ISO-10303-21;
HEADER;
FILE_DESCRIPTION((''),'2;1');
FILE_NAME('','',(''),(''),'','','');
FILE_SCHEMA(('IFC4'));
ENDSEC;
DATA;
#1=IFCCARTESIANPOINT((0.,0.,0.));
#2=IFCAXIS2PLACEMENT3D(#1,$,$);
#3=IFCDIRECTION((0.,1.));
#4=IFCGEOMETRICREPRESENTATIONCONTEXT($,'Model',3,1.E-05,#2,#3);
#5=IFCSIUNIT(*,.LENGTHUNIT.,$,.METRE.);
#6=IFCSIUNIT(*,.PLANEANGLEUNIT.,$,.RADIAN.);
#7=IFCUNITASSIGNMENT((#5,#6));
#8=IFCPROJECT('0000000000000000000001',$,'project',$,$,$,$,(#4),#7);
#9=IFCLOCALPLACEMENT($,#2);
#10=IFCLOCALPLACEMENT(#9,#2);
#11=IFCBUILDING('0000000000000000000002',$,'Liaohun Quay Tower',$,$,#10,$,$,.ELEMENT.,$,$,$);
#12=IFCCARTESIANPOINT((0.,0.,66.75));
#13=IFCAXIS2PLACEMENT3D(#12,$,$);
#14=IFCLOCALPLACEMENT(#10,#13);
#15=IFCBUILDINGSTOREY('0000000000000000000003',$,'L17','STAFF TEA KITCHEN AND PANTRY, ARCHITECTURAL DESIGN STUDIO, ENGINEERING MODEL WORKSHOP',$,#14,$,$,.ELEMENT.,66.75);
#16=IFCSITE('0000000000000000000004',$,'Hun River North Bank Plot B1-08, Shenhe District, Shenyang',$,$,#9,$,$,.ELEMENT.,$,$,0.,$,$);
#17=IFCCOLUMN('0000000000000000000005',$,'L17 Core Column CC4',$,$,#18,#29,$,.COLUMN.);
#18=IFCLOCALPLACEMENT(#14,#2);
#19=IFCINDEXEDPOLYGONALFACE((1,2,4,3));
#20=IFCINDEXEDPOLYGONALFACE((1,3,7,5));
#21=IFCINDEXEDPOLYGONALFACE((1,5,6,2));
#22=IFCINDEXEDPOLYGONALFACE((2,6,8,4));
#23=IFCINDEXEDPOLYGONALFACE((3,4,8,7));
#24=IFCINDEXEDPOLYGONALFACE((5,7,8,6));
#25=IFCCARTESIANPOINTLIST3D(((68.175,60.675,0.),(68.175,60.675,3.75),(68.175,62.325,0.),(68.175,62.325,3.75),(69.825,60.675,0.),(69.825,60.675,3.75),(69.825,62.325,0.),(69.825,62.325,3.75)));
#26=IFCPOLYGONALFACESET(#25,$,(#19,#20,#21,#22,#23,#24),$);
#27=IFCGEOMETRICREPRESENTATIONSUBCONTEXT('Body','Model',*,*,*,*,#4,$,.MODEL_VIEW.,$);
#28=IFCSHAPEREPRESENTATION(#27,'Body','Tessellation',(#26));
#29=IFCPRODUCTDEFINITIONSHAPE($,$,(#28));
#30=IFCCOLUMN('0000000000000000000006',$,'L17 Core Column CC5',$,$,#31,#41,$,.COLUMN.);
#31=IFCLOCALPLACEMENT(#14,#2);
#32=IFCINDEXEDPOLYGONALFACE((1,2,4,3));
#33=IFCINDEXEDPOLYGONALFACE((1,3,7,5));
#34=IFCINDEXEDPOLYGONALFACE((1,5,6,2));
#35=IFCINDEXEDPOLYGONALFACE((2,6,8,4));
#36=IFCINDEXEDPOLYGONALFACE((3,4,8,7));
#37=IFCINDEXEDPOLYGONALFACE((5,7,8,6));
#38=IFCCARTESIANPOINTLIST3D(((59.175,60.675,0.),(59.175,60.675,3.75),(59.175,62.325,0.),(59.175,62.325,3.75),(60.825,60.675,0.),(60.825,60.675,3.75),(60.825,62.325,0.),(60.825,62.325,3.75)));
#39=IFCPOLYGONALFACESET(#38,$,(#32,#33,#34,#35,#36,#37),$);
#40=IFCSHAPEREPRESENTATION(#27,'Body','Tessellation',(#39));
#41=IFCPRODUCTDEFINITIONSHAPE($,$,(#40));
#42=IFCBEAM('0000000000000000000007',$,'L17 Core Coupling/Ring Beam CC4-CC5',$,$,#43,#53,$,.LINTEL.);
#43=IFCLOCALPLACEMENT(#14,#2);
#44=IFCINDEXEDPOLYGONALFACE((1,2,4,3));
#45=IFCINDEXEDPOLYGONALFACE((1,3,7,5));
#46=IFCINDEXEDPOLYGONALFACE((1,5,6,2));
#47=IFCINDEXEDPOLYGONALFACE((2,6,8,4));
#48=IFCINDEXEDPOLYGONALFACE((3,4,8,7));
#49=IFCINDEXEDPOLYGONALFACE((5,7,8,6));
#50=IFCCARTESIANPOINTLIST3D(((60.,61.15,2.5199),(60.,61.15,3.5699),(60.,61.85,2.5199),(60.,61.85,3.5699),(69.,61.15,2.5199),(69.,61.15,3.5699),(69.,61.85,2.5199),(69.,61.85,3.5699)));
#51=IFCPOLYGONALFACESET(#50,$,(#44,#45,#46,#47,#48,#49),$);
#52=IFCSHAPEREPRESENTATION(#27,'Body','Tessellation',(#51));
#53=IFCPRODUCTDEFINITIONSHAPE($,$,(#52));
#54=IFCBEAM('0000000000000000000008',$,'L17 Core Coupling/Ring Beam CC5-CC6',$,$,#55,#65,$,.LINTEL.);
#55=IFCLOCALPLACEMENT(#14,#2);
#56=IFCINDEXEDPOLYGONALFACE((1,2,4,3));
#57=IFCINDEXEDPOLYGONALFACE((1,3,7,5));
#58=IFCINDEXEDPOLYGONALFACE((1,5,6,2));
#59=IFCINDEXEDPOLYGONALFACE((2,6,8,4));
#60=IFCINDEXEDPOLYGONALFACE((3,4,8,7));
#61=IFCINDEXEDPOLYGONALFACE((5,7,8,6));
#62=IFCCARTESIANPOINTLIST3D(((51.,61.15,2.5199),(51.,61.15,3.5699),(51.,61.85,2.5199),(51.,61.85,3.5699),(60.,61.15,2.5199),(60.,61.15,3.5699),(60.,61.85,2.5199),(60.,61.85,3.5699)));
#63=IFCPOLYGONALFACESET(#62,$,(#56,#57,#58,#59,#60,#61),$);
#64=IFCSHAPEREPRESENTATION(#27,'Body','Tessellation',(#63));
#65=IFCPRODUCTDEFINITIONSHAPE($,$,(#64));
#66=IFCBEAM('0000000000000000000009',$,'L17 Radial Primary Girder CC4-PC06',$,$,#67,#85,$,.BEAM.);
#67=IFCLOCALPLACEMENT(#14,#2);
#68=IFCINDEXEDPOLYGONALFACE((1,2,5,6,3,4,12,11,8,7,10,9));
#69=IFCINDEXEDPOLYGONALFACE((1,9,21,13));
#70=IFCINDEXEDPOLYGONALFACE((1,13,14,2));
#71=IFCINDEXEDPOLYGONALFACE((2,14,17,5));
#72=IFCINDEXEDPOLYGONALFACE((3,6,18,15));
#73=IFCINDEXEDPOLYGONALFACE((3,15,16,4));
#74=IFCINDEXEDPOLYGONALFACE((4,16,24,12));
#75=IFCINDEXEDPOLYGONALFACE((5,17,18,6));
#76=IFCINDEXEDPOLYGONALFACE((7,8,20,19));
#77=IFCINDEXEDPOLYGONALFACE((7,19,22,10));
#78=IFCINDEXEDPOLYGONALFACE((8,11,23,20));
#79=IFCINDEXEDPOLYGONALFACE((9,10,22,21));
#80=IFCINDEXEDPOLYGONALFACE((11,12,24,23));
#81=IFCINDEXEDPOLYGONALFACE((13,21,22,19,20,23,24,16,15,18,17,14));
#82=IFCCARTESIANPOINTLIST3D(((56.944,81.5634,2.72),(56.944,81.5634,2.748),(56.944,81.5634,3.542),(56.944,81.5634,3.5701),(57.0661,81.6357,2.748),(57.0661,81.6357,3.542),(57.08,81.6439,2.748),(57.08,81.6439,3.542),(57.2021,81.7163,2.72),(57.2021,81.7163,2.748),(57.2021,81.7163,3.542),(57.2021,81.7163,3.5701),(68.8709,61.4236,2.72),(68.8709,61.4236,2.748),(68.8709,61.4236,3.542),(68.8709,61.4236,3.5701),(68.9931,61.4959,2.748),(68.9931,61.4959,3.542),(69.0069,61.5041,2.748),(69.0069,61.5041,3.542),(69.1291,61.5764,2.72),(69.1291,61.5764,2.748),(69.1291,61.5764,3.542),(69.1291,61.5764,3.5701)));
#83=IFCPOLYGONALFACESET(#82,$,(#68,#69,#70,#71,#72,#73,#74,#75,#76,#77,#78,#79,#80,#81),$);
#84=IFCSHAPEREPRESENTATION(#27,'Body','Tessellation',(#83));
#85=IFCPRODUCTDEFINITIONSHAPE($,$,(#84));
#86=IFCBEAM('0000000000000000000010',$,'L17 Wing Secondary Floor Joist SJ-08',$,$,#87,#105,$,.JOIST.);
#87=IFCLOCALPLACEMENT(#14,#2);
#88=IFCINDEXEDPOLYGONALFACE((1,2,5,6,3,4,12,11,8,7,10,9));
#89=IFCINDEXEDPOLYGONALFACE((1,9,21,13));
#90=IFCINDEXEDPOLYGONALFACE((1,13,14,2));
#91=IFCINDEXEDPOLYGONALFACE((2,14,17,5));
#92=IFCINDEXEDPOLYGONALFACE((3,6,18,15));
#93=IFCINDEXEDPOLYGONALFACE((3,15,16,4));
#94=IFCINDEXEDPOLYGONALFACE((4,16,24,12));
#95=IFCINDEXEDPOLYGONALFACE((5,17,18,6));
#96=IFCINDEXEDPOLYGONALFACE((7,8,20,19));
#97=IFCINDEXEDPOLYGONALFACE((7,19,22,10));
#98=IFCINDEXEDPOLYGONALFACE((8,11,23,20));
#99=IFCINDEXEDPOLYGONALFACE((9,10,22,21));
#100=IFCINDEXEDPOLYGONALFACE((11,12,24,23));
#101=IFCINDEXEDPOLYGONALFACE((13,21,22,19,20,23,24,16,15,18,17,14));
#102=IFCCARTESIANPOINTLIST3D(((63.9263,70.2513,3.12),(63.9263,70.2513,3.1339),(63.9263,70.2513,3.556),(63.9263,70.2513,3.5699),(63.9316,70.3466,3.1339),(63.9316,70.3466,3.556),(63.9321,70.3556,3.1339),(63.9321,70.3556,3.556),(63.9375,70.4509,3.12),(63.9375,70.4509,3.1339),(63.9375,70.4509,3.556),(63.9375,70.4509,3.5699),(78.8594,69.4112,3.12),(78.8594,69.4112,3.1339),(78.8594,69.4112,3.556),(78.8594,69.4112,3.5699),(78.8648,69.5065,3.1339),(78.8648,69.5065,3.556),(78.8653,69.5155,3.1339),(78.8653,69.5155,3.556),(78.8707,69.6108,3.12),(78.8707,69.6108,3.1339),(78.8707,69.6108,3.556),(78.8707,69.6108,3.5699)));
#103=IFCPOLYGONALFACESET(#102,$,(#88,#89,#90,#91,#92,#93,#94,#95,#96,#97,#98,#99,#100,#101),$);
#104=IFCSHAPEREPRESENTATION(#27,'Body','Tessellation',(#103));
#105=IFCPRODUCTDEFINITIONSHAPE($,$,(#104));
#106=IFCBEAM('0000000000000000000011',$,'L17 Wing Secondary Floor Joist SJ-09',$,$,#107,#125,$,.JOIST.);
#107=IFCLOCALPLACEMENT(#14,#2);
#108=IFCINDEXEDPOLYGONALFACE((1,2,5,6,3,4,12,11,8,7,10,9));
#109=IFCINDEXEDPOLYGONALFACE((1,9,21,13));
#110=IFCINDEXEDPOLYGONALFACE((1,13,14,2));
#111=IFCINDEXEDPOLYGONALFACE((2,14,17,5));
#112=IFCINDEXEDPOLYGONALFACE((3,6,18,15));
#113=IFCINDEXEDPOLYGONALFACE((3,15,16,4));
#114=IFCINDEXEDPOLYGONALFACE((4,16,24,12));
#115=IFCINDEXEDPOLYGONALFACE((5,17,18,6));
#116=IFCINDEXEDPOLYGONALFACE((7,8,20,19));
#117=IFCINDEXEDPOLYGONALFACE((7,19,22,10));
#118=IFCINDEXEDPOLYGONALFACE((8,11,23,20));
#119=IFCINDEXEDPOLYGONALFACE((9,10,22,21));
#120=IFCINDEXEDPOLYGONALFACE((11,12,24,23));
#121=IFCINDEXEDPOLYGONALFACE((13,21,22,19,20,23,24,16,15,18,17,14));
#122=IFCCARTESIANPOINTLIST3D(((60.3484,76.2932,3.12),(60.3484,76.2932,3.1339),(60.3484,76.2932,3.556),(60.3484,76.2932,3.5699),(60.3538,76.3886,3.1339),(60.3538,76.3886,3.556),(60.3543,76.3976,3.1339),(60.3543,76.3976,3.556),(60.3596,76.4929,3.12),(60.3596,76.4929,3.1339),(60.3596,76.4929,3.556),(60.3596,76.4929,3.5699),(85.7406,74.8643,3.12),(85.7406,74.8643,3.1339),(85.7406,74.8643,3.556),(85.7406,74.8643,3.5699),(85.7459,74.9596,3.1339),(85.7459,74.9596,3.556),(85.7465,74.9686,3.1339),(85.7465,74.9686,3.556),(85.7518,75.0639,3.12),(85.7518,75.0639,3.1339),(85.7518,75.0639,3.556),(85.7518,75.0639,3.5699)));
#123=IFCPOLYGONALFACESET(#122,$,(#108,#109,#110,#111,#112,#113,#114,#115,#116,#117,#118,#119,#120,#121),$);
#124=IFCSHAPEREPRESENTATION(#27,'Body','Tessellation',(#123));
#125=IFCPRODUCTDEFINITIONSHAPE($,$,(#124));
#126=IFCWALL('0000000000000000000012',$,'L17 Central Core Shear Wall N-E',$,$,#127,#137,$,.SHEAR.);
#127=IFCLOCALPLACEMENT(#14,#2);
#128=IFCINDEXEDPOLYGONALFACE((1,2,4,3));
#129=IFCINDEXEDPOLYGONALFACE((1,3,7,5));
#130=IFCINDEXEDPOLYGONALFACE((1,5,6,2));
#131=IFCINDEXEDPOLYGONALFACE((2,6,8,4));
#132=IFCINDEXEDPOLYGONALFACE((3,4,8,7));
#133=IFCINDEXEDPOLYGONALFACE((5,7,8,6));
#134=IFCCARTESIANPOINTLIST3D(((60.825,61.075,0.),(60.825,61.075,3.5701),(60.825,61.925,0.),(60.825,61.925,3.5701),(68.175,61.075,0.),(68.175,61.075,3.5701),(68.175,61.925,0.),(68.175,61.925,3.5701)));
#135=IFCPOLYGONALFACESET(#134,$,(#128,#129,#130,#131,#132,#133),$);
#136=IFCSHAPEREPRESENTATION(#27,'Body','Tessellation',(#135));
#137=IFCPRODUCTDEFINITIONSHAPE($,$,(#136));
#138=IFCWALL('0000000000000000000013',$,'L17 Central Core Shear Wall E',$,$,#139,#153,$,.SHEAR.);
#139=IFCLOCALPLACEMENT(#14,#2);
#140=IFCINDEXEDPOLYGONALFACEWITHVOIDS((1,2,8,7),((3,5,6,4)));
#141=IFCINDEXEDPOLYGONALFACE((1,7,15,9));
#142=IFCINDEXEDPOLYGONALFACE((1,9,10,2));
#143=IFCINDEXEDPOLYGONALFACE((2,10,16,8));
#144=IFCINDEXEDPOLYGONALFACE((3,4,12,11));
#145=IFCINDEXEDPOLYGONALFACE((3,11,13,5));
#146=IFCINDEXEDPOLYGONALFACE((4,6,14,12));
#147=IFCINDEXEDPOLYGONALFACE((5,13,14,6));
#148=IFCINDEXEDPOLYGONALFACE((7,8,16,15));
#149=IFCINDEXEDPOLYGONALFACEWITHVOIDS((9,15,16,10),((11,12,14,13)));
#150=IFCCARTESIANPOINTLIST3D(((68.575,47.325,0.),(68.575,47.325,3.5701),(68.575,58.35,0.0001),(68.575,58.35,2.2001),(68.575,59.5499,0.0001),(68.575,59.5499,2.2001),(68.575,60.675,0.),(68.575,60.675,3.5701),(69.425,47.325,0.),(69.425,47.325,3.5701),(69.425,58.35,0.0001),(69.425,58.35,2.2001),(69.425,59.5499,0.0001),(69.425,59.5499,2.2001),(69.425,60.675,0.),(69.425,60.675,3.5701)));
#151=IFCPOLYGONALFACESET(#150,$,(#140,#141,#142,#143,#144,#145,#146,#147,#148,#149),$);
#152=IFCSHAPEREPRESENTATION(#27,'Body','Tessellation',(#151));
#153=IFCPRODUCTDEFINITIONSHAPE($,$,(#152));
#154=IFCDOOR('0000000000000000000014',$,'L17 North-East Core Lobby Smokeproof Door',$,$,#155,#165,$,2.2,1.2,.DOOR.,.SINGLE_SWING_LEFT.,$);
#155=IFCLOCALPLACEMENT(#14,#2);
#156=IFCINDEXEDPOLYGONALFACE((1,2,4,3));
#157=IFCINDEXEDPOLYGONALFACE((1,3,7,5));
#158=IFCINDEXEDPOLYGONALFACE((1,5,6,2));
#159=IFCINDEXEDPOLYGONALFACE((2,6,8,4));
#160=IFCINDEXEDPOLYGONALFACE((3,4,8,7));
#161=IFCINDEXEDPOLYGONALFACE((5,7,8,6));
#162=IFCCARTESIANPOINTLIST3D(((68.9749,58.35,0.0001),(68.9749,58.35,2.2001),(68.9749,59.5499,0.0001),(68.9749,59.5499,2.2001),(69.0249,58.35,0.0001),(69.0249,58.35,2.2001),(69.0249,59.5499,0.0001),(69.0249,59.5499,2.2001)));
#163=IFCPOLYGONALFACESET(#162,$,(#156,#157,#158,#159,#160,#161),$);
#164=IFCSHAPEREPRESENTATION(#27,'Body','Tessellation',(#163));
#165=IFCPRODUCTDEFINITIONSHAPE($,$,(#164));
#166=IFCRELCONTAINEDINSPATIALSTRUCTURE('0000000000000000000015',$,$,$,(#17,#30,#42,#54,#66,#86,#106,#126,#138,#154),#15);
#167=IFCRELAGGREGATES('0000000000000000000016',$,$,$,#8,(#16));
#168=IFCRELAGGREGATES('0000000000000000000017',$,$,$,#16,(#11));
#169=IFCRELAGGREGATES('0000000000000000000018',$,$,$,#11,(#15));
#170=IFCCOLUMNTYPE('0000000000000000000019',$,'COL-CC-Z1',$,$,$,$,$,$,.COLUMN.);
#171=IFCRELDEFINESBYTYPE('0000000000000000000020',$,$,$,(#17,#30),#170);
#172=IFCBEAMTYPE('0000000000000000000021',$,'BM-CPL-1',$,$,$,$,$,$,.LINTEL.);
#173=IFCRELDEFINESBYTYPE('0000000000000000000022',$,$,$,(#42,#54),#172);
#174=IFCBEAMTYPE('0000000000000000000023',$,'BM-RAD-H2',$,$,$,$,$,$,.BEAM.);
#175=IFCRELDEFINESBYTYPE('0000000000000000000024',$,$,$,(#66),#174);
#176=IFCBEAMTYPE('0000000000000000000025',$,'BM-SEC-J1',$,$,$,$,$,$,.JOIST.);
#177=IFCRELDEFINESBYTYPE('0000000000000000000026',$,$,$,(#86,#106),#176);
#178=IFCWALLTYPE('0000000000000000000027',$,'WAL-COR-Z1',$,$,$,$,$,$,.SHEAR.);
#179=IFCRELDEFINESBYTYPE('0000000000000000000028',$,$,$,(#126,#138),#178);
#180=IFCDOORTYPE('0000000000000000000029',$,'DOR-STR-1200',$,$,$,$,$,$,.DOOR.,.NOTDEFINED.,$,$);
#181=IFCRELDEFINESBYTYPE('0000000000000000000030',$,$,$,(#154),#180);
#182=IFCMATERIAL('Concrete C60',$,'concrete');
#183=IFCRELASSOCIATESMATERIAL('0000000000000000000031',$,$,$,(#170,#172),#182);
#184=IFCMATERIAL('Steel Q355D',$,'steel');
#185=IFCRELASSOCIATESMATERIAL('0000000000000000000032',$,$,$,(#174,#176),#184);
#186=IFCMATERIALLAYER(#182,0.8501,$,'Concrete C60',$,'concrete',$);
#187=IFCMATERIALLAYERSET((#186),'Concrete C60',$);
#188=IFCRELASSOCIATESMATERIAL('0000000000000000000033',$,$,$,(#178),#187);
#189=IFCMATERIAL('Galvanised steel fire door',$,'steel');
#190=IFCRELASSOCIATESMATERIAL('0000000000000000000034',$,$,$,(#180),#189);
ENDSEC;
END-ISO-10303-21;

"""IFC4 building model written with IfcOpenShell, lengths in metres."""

from ifc_helpers import new_model, si_unit, direction, frame, frame_2d, origin, origin_2d, place, context, subcontext, project, spatial, rectangle, i_section, extrude, source, transform, mapped, material, layer, layer_set, material_profile, profile_set, type_object, element, fill, save


model = new_model("IFC4")

# Units and contexts
model_context = context("Model", 3, precision=1e-05, world=origin(), true_north=direction((0.0, 1.0)))
body_context = subcontext(model_context, "Body", "Model", "MODEL_VIEW")
ifc_project = project(units=[si_unit("LENGTHUNIT", "METRE"), si_unit("PLANEANGLEUNIT", "RADIAN")], contexts=[model_context])

# Site, building, storey
site_placement = place(None, origin())
site = spatial("IfcSite", under=ifc_project, at=site_placement, Name="Hun River North Bank Plot B1-08, Shenhe District, Shenyang", CompositionType="ELEMENT", RefElevation=0.0)
building_placement = place(site_placement, origin())
building = spatial("IfcBuilding", under=site, at=building_placement, Name="Liaohun Quay Tower", CompositionType="ELEMENT")
storey_placement = place(building_placement, frame((0.0, 0.0, 66.75)))
storey = spatial("IfcBuildingStorey", under=building, at=storey_placement, Name="L17", Description="STAFF TEA KITCHEN AND PANTRY, ARCHITECTURAL DESIGN STUDIO, ENGINEERING MODEL WORKSHOP", CompositionType="ELEMENT", Elevation=66.75)

# Columns
ifc_material_1 = material(Name="Concrete C60", Category="concrete")
ifc_material_profile_1 = material_profile(ifc_material_1, rectangle(XDim=1.6499, YDim=1.6499, at=origin_2d()), Name="RC1650x1650")
ifc_profile_set_1 = profile_set([ifc_material_profile_1], Name="Concrete C60")
column_type = type_object("IfcColumnType", Name="COL-CC-Z1", PredefinedType="COLUMN", material=ifc_profile_set_1)
shared_shape_1 = source(origin(), body_context, "Body", "SweptSolid", [
    extrude(rectangle(XDim=1.6499, YDim=1.6499, at=origin_2d()), origin(), (0.0, 0.0, 1.0), 3.75),
])
for number, where, z_axis, x_axis, name in (
    (1, (69.0, 61.5, 0.0), (0.0, 0.0, 1.0), (1.0, 0.0, 0.0), "L17 Core Column CC4"),
    (2, (60.0, 61.5, 0.0), (0.0, 0.0, 1.0), (1.0, 0.0, 0.0), "L17 Core Column CC5"),
):
    element("IfcColumn", number, at=place(storey_placement, frame(where, z_axis=z_axis, x_axis=x_axis)), inside=storey, type_object=column_type, Name=name, PredefinedType="COLUMN", context=body_context, shape_type="MappedRepresentation", body=[
        mapped(shared_shape_1, transform((0.0, 0.0, 0.0), x_axis=(1.0, 0.0, 0.0), y_axis=(0.0, 1.0, 0.0), z_axis=(0.0, 0.0, 1.0), scale=1.0)),
    ])

# Beams
ifc_material_profile_2 = material_profile(ifc_material_1, rectangle(XDim=0.7, YDim=1.05, at=origin_2d()), Name="RC700x1050")
ifc_profile_set_2 = profile_set([ifc_material_profile_2], Name="Concrete C60")
beam_type_1 = type_object("IfcBeamType", Name="BM-CPL-1", PredefinedType="LINTEL", material=ifc_profile_set_2)
shared_shape_2 = source(origin(), body_context, "Body", "SweptSolid", [
    extrude(rectangle(XDim=0.7, YDim=1.05, at=origin_2d()), origin(), (0.0, 0.0, 1.0), 9.0),
])
for number, where, z_axis, x_axis, name in (
    (3, (69.0, 61.5, 3.0449), (-1.0, 0.0, 0.0), (0.0, -1.0, 0.0), "L17 Core Coupling/Ring Beam CC4-CC5"),
    (4, (60.0, 61.5, 3.0449), (-1.0, 0.0, 0.0), (0.0, -1.0, 0.0), "L17 Core Coupling/Ring Beam CC5-CC6"),
):
    element("IfcBeam", number, at=place(storey_placement, frame(where, z_axis=z_axis, x_axis=x_axis)), inside=storey, type_object=beam_type_1, Name=name, PredefinedType="LINTEL", context=body_context, shape_type="MappedRepresentation", body=[
        mapped(shared_shape_2, transform((0.0, 0.0, 0.0), x_axis=(1.0, 0.0, 0.0), y_axis=(0.0, 1.0, 0.0), z_axis=(0.0, 0.0, 1.0), scale=1.0)),
    ])
ifc_material_2 = material(Name="Steel Q355D", Category="steel")
ifc_material_profile_3 = material_profile(ifc_material_2, i_section(OverallWidth=0.3, OverallDepth=0.8501, WebThickness=0.0161, FlangeThickness=0.0281, at=origin_2d()), Name="HN850x300x16x28")
ifc_profile_set_3 = profile_set([ifc_material_profile_3], Name="Steel Q355D")
beam_type_2 = type_object("IfcBeamType", Name="BM-RAD-H2", PredefinedType="BEAM", material=ifc_profile_set_3)
shared_shape_3 = source(origin(), body_context, "Body", "SweptSolid", [
    extrude(i_section(OverallWidth=0.3, OverallDepth=0.8501, WebThickness=0.0161, FlangeThickness=0.0281, at=origin_2d()), origin(), (0.0, 0.0, 1.0), 23.4065),
])
beam_1_placement = place(storey_placement, frame((69.0, 61.5, 3.145), z_axis=(-0.509557, 0.860437, 0.0), x_axis=(-0.860437, -0.509557, 0.0)))
element("IfcBeam", 5, at=beam_1_placement, inside=storey, type_object=beam_type_2, Name="L17 Radial Primary Girder CC4-PC06", PredefinedType="BEAM", context=body_context, shape_type="MappedRepresentation", body=[
    mapped(shared_shape_3, transform((0.0, 0.0, 0.0), x_axis=(1.0, 0.0, 0.0), y_axis=(0.0, 1.0, 0.0), z_axis=(0.0, 0.0, 1.0), scale=1.0)),
])
ifc_material_profile_4 = material_profile(ifc_material_2, i_section(OverallWidth=0.2, OverallDepth=0.45, WebThickness=0.009, FlangeThickness=0.0139, at=origin_2d()), Name="HN450x200x9x14")
ifc_profile_set_4 = profile_set([ifc_material_profile_4], Name="Steel Q355D")
beam_type_3 = type_object("IfcBeamType", Name="BM-SEC-J1", PredefinedType="JOIST", material=ifc_profile_set_4)
shared_shape_4 = source(origin(), body_context, "Body", "SweptSolid", [
    extrude(i_section(OverallWidth=0.2, OverallDepth=0.45, WebThickness=0.009, FlangeThickness=0.0139, at=origin_2d()), origin(), (0.0, 0.0, 1.0), 14.9568),
])
beam_2_placement = place(storey_placement, frame((63.9319, 70.3511, 3.345), z_axis=(0.998421, -0.056168, 0.0), x_axis=(0.056168, 0.998421, 0.0)))
element("IfcBeam", 6, at=beam_2_placement, inside=storey, type_object=beam_type_3, Name="L17 Wing Secondary Floor Joist SJ-08", PredefinedType="JOIST", context=body_context, shape_type="MappedRepresentation", body=[
    mapped(shared_shape_4, transform((0.0, 0.0, 0.0), x_axis=(1.0, 0.0, 0.0), y_axis=(0.0, 1.0, 0.0), z_axis=(0.0, 0.0, 1.0), scale=1.0)),
])
shared_shape_5 = source(origin(), body_context, "Body", "SweptSolid", [
    extrude(i_section(OverallWidth=0.2, OverallDepth=0.45, WebThickness=0.009, FlangeThickness=0.0139, at=origin_2d()), origin(), (0.0, 0.0, 1.0), 25.4324),
])
beam_3_placement = place(storey_placement, frame((60.354, 76.3931, 3.345), z_axis=(0.99842, -0.056187, 0.0), x_axis=(0.056187, 0.99842, 0.0)))
element("IfcBeam", 7, at=beam_3_placement, inside=storey, type_object=beam_type_3, Name="L17 Wing Secondary Floor Joist SJ-09", PredefinedType="JOIST", context=body_context, shape_type="MappedRepresentation", body=[
    mapped(shared_shape_5, transform((0.0, 0.0, 0.0), x_axis=(1.0, 0.0, 0.0), y_axis=(0.0, 1.0, 0.0), z_axis=(0.0, 0.0, 1.0), scale=1.0)),
])

# Wall
ifc_layer_1 = layer(ifc_material_1, 0.8501, Name="Concrete C60", Category="concrete")
ifc_layer_set_1 = layer_set([ifc_layer_1], Name="Concrete C60")
wall_type_1 = type_object("IfcWallType", Name="WAL-COR-Z1", PredefinedType="SHEAR", material=ifc_layer_set_1)
wall_1_placement = place(storey_placement, frame((60.825, 61.5, 0.0), z_axis=(0.0, 0.0, 1.0), x_axis=(1.0, 0.0, 0.0)))
element("IfcWall", 8, at=wall_1_placement, inside=storey, type_object=wall_type_1, Name="L17 Central Core Shear Wall N-E", PredefinedType="SHEAR", context=body_context, shape_type="SweptSolid", body=[
    extrude(rectangle(XDim=7.3501, YDim=0.8501, at=frame_2d((3.675, 0.0))), origin(), (0.0, 0.0, 1.0), 3.5701),
])

# Wall, opening, door
wall_2_placement = place(storey_placement, frame((69.0, 60.675, 0.0), z_axis=(0.0, 0.0, 1.0), x_axis=(0.0, -1.0, 0.0)))
wall_2 = element("IfcWall", 9, at=wall_2_placement, inside=storey, type_object=wall_type_1, Name="L17 Central Core Shear Wall E", PredefinedType="SHEAR", context=body_context, shape_type="SweptSolid", body=[
    extrude(rectangle(XDim=13.3501, YDim=0.8501, at=frame_2d((6.675, 0.0))), origin(), (0.0, 0.0, 1.0), 3.5701),
])
shared_shape_6 = source(origin(), body_context, "Body", "SweptSolid", [
    extrude(rectangle(XDim=1.2, YDim=2.2, at=frame_2d((0.6001, 1.1001))), frame((0.0, 0.4351, 0.0), z_axis=(0.0, -1.0, 0.0), x_axis=(1.0, 0.0, 0.0)), (0.0, 0.0, 1.0), 0.8701),
])
opening_1_placement = place(wall_2_placement, frame((1.125, 0.0, 0.0)))
opening_1 = element("IfcOpeningElement", 10, at=opening_1_placement, cuts=wall_2, PredefinedType="OPENING", context=body_context, shape_type="MappedRepresentation", body=[
    mapped(shared_shape_6, transform((0.0, 0.0, 0.0), x_axis=(1.0, 0.0, 0.0), y_axis=(0.0, 1.0, 0.0), z_axis=(0.0, 0.0, 1.0), scale=1.0)),
])
ifc_material_3 = material(Name="Galvanised steel fire door", Category="steel")
door_type_1 = type_object("IfcDoorType", Name="DOR-STR-1200", OperationType="NOTDEFINED", PredefinedType="DOOR", material=ifc_material_3)
shared_shape_7 = source(origin(), body_context, "Body", "SweptSolid", [
    extrude(rectangle(XDim=1.2, YDim=2.2, at=frame_2d((0.6001, 1.1001))), frame((0.0, 0.0249, 0.0), z_axis=(0.0, -1.0, 0.0), x_axis=(1.0, 0.0, 0.0)), (0.0, 0.0, 1.0), 0.05),
])
door_1_placement = place(opening_1_placement, origin())
door_1 = element("IfcDoor", 11, at=door_1_placement, inside=storey, type_object=door_type_1, Name="L17 North-East Core Lobby Smokeproof Door", OperationType="SINGLE_SWING_LEFT", OverallHeight=2.2, OverallWidth=1.2, PredefinedType="DOOR", context=body_context, shape_type="MappedRepresentation", body=[
    mapped(shared_shape_7, transform((0.0, 0.0, 0.0), x_axis=(1.0, 0.0, 0.0), y_axis=(0.0, 1.0, 0.0), z_axis=(0.0, 0.0, 1.0), scale=1.0)),
])
fill(opening_1, door_1)

save(model, "model.ifc")
